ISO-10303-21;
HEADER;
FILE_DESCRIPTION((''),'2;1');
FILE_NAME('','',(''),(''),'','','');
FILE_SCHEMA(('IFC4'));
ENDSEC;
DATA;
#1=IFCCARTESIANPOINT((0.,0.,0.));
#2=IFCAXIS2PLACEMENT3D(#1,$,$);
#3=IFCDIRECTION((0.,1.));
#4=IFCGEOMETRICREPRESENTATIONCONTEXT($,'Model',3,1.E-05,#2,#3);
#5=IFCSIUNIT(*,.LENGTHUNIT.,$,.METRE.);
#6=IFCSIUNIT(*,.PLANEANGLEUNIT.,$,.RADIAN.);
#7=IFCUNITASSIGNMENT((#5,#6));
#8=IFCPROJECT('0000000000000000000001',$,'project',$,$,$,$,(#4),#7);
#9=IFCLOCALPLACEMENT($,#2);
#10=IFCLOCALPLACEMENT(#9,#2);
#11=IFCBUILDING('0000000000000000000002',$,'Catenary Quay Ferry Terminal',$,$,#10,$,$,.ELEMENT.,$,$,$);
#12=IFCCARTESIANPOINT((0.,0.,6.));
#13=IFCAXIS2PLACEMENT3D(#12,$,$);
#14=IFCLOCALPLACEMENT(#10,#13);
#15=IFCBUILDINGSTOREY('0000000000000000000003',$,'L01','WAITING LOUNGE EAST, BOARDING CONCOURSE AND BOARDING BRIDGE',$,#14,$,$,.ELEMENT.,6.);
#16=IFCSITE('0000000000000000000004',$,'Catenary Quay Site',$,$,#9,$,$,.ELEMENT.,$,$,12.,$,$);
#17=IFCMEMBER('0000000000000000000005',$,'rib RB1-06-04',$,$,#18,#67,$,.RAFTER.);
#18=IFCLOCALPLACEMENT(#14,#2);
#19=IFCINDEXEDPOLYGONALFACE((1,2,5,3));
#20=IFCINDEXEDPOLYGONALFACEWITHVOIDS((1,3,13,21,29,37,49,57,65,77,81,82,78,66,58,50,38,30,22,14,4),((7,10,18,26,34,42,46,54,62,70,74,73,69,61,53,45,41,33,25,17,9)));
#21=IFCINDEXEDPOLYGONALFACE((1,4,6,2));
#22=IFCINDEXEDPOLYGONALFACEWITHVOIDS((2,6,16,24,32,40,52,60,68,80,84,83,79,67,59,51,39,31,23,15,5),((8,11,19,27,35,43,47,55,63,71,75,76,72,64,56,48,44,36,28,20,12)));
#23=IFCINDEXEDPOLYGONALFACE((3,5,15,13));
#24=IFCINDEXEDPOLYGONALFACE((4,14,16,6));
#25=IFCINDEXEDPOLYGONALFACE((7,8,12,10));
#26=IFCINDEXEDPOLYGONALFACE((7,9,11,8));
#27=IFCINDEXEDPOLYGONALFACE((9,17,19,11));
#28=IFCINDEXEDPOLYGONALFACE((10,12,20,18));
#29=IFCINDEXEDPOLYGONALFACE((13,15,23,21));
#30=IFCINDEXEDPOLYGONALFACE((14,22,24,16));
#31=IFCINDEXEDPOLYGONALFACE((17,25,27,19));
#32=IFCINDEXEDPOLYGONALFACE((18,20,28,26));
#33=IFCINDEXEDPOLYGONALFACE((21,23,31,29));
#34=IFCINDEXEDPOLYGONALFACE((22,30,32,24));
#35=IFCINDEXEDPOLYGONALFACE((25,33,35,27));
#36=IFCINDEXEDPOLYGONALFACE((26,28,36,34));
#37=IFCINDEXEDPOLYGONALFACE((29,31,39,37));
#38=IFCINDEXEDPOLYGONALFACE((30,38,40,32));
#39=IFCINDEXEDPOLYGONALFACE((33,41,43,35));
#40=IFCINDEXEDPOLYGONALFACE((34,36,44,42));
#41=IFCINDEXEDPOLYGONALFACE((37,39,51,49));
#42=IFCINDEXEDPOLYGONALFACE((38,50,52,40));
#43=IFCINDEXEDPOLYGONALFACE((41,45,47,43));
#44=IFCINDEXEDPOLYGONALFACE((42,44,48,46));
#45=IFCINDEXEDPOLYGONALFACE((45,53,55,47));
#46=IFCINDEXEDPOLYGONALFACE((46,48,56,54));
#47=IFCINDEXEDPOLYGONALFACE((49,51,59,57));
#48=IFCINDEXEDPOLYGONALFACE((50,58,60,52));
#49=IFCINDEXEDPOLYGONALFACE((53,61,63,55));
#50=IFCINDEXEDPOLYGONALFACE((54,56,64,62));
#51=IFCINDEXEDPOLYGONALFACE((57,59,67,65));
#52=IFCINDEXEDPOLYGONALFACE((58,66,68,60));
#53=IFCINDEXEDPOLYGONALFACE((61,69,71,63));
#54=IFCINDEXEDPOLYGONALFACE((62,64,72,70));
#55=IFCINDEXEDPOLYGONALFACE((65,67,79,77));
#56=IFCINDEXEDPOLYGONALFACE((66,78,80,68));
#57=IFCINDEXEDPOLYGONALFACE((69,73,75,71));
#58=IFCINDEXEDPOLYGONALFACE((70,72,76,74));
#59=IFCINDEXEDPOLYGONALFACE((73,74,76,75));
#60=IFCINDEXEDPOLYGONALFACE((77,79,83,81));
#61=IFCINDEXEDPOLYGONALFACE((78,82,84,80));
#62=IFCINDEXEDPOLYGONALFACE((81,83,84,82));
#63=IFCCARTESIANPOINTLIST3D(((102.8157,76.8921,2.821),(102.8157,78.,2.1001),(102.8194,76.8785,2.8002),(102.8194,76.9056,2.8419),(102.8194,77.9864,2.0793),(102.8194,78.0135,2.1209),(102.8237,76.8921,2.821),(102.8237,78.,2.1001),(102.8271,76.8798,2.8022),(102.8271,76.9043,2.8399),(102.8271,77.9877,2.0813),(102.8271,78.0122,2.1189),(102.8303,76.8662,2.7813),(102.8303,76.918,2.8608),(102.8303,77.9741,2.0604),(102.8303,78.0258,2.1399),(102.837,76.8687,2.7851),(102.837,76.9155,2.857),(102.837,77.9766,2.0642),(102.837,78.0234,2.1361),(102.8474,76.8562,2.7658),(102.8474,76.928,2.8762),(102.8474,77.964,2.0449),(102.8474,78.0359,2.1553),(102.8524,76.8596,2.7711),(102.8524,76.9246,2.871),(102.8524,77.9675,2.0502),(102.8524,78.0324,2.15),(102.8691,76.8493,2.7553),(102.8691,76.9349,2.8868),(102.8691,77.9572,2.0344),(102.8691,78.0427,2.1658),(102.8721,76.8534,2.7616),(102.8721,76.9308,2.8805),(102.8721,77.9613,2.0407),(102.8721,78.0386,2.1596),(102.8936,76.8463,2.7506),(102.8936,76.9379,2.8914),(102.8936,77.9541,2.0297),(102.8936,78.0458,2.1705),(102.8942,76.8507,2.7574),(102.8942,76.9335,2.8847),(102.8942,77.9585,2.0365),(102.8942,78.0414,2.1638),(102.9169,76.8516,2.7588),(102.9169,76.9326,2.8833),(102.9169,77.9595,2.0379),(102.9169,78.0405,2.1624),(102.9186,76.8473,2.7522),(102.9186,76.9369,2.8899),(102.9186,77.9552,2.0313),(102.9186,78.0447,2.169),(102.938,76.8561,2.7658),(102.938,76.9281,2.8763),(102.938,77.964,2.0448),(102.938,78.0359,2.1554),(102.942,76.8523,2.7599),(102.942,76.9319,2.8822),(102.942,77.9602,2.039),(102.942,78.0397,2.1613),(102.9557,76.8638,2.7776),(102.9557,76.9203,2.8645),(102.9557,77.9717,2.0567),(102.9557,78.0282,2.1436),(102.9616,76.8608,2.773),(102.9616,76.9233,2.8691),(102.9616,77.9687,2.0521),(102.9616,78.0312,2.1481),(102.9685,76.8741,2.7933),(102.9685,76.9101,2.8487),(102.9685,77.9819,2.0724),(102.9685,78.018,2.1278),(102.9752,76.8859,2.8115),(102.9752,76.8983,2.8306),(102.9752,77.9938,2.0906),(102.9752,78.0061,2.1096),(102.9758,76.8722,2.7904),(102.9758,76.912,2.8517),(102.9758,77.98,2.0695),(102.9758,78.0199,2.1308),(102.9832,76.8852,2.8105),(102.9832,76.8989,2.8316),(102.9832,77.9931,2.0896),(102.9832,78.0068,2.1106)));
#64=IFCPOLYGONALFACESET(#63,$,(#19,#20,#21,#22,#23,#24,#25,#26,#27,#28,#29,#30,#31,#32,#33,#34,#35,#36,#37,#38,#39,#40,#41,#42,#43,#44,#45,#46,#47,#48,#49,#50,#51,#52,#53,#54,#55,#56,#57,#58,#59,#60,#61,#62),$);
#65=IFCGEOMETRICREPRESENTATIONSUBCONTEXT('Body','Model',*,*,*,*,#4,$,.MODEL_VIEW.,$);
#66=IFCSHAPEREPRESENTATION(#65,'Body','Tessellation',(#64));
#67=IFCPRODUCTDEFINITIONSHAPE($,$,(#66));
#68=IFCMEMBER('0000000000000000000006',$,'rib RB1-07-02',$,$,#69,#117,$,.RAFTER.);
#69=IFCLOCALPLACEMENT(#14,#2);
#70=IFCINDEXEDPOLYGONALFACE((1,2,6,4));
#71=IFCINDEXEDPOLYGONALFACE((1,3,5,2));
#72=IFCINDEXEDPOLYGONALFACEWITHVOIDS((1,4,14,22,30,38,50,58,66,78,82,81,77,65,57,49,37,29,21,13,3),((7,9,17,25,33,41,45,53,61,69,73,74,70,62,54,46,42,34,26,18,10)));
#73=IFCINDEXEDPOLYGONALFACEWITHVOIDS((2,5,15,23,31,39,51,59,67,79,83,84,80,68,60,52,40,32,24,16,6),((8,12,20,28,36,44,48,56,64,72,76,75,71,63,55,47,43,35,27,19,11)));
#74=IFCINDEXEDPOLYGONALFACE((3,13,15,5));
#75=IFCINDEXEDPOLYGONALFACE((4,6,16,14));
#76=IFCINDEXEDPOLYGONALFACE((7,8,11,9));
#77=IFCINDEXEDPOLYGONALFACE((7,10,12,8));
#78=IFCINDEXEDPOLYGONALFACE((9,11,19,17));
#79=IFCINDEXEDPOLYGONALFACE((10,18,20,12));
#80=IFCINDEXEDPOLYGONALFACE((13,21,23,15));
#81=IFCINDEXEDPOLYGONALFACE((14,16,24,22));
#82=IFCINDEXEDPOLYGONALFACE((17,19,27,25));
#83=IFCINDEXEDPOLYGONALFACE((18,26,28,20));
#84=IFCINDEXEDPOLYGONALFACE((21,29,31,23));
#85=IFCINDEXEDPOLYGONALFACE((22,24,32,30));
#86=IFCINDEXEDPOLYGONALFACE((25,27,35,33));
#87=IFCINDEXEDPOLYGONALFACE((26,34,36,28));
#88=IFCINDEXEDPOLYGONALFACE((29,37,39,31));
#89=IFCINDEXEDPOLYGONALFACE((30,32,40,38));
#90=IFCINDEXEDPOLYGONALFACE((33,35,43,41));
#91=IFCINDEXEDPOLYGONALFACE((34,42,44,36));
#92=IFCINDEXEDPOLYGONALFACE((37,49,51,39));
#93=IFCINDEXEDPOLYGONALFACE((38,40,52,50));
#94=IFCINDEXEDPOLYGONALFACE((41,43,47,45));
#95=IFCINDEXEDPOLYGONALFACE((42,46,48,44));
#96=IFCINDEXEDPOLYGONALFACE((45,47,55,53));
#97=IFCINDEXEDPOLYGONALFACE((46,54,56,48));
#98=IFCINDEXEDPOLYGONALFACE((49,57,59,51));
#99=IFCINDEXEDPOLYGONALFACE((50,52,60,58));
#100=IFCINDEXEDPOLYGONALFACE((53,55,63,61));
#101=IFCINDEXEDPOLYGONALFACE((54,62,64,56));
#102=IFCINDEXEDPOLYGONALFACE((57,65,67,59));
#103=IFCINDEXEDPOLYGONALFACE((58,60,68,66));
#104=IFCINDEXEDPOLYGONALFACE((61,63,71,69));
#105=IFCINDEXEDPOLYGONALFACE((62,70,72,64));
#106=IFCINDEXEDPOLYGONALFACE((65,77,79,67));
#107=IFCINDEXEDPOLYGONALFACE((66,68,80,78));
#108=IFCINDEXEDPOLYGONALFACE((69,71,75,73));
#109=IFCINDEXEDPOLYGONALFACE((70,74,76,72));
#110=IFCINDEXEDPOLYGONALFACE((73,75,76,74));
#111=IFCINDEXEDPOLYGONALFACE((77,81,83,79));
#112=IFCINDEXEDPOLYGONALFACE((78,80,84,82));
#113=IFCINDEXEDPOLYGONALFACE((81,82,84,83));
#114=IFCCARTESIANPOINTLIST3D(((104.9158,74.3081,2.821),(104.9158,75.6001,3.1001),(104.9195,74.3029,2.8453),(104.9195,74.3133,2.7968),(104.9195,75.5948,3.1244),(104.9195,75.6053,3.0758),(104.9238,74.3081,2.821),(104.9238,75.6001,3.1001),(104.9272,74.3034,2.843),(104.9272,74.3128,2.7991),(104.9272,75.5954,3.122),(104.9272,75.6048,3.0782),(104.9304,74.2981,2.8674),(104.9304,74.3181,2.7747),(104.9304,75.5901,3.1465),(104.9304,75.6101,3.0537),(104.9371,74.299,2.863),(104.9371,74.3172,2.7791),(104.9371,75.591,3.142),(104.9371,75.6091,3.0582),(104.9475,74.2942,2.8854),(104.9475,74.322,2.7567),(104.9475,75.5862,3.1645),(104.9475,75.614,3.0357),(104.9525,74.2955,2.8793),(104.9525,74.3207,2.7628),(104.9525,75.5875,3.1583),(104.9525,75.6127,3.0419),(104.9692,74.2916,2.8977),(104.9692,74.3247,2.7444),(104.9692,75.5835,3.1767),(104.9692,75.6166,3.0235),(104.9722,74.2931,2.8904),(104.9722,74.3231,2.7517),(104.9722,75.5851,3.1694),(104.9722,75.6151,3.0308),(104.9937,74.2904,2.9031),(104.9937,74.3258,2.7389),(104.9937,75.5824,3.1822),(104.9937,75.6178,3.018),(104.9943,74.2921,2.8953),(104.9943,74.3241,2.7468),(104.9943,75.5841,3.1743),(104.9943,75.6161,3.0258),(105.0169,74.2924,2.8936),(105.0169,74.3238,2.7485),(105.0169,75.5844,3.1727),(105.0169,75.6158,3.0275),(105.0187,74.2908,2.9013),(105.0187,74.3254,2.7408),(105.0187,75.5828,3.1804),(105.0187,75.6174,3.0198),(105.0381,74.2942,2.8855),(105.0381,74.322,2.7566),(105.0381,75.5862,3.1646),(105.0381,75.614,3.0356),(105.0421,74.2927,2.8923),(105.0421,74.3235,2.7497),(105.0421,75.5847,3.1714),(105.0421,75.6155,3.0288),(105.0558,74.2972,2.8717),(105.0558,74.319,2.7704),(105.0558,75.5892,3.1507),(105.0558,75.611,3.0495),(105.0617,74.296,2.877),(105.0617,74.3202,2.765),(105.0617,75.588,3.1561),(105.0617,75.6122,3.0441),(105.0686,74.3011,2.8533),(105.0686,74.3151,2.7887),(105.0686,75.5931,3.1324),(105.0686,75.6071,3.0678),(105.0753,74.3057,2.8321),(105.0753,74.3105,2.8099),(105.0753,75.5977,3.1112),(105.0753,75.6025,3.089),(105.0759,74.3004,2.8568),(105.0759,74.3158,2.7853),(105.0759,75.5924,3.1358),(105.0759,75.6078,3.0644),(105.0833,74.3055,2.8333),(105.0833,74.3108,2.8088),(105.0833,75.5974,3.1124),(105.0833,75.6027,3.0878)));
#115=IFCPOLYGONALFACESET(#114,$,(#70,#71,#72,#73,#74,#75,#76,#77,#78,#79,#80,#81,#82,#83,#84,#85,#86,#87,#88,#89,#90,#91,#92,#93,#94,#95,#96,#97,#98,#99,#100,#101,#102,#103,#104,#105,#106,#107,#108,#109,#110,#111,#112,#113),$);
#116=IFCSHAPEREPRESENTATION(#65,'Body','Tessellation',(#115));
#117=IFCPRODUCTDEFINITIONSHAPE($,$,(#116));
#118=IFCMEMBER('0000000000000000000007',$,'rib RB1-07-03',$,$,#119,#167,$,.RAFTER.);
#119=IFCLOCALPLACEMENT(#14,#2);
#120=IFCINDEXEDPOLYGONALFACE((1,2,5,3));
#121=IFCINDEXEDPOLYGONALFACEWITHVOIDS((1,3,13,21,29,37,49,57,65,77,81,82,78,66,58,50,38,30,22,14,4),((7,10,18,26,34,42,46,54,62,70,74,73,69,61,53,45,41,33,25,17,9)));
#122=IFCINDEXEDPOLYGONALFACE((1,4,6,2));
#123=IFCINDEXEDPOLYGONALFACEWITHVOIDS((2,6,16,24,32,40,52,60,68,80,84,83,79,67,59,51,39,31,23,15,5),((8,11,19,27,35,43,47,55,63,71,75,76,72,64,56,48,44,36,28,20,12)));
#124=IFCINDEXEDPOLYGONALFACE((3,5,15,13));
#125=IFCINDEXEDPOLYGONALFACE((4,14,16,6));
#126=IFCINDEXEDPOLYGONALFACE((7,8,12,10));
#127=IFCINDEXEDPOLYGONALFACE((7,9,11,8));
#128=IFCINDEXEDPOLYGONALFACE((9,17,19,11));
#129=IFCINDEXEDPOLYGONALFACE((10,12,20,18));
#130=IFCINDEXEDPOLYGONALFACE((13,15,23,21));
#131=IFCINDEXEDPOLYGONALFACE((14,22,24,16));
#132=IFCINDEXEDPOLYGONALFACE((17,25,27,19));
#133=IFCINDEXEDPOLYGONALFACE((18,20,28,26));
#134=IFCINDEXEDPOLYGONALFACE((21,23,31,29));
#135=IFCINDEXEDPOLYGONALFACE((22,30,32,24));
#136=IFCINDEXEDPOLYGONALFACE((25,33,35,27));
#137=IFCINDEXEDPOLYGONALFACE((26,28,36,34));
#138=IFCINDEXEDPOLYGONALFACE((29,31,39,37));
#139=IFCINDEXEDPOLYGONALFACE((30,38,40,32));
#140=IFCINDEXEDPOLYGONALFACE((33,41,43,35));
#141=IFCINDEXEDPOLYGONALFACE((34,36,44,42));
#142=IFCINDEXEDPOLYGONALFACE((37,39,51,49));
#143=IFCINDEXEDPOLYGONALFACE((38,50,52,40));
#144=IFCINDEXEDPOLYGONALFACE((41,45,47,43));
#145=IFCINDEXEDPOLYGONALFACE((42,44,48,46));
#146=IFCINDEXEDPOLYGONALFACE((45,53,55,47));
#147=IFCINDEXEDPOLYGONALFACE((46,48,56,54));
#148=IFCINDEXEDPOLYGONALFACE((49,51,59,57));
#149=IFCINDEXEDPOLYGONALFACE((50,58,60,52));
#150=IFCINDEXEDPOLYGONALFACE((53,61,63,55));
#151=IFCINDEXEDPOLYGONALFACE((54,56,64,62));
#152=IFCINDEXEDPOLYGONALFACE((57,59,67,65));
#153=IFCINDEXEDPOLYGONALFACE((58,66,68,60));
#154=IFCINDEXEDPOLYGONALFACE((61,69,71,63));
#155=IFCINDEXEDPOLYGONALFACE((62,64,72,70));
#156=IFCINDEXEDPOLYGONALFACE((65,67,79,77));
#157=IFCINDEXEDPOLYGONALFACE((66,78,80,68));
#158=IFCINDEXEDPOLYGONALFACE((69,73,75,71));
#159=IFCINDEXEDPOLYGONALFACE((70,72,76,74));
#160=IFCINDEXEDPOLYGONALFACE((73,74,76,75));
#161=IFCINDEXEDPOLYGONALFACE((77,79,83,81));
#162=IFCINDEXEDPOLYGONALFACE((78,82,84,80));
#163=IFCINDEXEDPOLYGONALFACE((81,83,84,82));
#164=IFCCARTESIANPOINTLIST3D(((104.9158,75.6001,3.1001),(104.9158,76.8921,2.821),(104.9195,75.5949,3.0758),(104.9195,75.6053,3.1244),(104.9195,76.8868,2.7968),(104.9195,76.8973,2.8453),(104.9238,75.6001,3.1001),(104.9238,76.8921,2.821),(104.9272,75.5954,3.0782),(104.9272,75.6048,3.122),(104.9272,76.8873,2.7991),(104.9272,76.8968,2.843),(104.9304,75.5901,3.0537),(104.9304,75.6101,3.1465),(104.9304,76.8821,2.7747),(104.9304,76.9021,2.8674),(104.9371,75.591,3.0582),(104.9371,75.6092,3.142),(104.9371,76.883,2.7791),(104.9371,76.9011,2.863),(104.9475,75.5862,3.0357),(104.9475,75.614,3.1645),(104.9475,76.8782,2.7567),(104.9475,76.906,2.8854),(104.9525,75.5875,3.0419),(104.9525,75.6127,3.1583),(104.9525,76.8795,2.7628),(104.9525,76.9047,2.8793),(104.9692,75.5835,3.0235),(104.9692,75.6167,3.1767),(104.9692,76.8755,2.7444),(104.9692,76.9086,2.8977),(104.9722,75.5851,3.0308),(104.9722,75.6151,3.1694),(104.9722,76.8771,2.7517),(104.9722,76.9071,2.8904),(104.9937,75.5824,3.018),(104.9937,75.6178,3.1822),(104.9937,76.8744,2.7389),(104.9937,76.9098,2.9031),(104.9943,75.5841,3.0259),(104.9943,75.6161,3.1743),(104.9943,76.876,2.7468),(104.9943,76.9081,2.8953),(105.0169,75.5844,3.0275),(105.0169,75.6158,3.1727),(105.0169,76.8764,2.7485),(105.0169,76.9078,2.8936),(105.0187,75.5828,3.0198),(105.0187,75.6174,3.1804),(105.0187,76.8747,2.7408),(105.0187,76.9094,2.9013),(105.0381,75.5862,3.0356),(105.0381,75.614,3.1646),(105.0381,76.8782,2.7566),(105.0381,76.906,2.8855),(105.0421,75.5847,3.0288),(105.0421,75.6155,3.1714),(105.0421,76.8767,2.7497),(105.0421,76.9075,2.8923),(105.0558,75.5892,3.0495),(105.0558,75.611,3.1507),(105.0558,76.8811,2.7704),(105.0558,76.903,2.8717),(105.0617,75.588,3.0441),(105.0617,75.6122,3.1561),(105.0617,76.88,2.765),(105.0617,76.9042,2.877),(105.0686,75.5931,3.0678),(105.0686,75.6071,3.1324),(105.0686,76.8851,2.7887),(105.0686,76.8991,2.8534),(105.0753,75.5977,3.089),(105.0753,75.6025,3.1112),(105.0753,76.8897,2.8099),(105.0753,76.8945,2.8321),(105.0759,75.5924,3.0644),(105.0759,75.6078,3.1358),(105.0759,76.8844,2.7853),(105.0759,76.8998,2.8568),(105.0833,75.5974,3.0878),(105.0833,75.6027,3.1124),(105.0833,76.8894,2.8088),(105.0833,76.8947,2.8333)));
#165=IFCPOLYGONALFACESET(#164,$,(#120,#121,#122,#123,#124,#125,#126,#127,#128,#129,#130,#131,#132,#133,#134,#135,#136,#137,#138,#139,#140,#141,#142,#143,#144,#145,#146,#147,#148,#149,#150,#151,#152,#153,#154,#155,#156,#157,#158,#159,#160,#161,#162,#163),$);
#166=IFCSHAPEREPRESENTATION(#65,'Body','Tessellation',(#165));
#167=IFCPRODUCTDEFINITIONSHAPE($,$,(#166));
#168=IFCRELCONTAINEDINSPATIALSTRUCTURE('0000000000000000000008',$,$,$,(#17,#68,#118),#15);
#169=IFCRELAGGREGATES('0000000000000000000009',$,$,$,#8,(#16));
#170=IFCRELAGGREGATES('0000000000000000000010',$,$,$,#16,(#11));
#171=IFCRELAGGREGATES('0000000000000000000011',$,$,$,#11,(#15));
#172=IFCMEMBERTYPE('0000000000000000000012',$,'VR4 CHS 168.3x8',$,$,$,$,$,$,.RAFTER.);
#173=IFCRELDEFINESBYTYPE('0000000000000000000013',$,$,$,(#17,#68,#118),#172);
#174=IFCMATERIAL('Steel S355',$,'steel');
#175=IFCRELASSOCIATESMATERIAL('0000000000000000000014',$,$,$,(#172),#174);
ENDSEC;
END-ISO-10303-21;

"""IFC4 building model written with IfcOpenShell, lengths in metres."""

from ifc_helpers import new_model, si_unit, direction, frame, origin, origin_2d, place, context, subcontext, project, spatial, hollow_circle, extrude, material, material_profile, profile_set, type_object, element, save


model = new_model("IFC4")

# Units and contexts
model_context = context("Model", 3, precision=1e-05, world=origin(), true_north=direction((0.0, 1.0)))
body_context = subcontext(model_context, "Body", "Model", "MODEL_VIEW")
ifc_project = project(units=[si_unit("LENGTHUNIT", "METRE"), si_unit("PLANEANGLEUNIT", "RADIAN")], contexts=[model_context])

# Site, building, storey
site_placement = place(None, origin())
site = spatial("IfcSite", under=ifc_project, at=site_placement, Name="Catenary Quay Site", CompositionType="ELEMENT", RefElevation=12.0)
building_placement = place(site_placement, origin())
building = spatial("IfcBuilding", under=site, at=building_placement, Name="Catenary Quay Ferry Terminal", CompositionType="ELEMENT")
storey_placement = place(building_placement, frame((0.0, 0.0, 6.0)))
storey = spatial("IfcBuildingStorey", under=building, at=storey_placement, Name="L01", Description="WAITING LOUNGE EAST, BOARDING CONCOURSE AND BOARDING BRIDGE", CompositionType="ELEMENT", Elevation=6.0)

# Members
ifc_material_1 = material(Name="Steel S355", Category="steel")
ifc_material_profile_1 = material_profile(ifc_material_1, hollow_circle(Radius=0.0842, WallThickness=0.0081, at=origin_2d()), Name="CHS 168.3x8")
ifc_profile_set_1 = profile_set([ifc_material_profile_1], Name="Steel S355")
member_type_1 = type_object("IfcMemberType", Name="VR4 CHS 168.3x8", PredefinedType="RAFTER", material=ifc_profile_set_1)
for number, where, z_axis, x_axis, name in (
    (1, (102.8999, 76.8921, 2.821), (0.0, 0.838165, -0.545417), (-1.0, 0.0, 0.0), "rib RB1-06-04"),
    (2, (105.0, 74.3081, 2.821), (0.0, 0.977461, 0.211118), (-1.0, 0.0, 0.0), "rib RB1-07-02"),
    (3, (105.0, 75.6001, 3.1001), (0.0, 0.977461, -0.211118), (-1.0, 0.0, 0.0), "rib RB1-07-03"),
):
    element("IfcMember", number, at=place(storey_placement, frame(where, z_axis=z_axis, x_axis=x_axis)), inside=storey, type_object=member_type_1, Name=name, PredefinedType="RAFTER", context=body_context, shape_type="SweptSolid", body=[
        extrude(hollow_circle(Radius=0.0842, WallThickness=0.0081, at=origin_2d()), origin(), (0.0, 0.0, 1.0), 1.3218),
    ])

save(model, "model.ifc")
